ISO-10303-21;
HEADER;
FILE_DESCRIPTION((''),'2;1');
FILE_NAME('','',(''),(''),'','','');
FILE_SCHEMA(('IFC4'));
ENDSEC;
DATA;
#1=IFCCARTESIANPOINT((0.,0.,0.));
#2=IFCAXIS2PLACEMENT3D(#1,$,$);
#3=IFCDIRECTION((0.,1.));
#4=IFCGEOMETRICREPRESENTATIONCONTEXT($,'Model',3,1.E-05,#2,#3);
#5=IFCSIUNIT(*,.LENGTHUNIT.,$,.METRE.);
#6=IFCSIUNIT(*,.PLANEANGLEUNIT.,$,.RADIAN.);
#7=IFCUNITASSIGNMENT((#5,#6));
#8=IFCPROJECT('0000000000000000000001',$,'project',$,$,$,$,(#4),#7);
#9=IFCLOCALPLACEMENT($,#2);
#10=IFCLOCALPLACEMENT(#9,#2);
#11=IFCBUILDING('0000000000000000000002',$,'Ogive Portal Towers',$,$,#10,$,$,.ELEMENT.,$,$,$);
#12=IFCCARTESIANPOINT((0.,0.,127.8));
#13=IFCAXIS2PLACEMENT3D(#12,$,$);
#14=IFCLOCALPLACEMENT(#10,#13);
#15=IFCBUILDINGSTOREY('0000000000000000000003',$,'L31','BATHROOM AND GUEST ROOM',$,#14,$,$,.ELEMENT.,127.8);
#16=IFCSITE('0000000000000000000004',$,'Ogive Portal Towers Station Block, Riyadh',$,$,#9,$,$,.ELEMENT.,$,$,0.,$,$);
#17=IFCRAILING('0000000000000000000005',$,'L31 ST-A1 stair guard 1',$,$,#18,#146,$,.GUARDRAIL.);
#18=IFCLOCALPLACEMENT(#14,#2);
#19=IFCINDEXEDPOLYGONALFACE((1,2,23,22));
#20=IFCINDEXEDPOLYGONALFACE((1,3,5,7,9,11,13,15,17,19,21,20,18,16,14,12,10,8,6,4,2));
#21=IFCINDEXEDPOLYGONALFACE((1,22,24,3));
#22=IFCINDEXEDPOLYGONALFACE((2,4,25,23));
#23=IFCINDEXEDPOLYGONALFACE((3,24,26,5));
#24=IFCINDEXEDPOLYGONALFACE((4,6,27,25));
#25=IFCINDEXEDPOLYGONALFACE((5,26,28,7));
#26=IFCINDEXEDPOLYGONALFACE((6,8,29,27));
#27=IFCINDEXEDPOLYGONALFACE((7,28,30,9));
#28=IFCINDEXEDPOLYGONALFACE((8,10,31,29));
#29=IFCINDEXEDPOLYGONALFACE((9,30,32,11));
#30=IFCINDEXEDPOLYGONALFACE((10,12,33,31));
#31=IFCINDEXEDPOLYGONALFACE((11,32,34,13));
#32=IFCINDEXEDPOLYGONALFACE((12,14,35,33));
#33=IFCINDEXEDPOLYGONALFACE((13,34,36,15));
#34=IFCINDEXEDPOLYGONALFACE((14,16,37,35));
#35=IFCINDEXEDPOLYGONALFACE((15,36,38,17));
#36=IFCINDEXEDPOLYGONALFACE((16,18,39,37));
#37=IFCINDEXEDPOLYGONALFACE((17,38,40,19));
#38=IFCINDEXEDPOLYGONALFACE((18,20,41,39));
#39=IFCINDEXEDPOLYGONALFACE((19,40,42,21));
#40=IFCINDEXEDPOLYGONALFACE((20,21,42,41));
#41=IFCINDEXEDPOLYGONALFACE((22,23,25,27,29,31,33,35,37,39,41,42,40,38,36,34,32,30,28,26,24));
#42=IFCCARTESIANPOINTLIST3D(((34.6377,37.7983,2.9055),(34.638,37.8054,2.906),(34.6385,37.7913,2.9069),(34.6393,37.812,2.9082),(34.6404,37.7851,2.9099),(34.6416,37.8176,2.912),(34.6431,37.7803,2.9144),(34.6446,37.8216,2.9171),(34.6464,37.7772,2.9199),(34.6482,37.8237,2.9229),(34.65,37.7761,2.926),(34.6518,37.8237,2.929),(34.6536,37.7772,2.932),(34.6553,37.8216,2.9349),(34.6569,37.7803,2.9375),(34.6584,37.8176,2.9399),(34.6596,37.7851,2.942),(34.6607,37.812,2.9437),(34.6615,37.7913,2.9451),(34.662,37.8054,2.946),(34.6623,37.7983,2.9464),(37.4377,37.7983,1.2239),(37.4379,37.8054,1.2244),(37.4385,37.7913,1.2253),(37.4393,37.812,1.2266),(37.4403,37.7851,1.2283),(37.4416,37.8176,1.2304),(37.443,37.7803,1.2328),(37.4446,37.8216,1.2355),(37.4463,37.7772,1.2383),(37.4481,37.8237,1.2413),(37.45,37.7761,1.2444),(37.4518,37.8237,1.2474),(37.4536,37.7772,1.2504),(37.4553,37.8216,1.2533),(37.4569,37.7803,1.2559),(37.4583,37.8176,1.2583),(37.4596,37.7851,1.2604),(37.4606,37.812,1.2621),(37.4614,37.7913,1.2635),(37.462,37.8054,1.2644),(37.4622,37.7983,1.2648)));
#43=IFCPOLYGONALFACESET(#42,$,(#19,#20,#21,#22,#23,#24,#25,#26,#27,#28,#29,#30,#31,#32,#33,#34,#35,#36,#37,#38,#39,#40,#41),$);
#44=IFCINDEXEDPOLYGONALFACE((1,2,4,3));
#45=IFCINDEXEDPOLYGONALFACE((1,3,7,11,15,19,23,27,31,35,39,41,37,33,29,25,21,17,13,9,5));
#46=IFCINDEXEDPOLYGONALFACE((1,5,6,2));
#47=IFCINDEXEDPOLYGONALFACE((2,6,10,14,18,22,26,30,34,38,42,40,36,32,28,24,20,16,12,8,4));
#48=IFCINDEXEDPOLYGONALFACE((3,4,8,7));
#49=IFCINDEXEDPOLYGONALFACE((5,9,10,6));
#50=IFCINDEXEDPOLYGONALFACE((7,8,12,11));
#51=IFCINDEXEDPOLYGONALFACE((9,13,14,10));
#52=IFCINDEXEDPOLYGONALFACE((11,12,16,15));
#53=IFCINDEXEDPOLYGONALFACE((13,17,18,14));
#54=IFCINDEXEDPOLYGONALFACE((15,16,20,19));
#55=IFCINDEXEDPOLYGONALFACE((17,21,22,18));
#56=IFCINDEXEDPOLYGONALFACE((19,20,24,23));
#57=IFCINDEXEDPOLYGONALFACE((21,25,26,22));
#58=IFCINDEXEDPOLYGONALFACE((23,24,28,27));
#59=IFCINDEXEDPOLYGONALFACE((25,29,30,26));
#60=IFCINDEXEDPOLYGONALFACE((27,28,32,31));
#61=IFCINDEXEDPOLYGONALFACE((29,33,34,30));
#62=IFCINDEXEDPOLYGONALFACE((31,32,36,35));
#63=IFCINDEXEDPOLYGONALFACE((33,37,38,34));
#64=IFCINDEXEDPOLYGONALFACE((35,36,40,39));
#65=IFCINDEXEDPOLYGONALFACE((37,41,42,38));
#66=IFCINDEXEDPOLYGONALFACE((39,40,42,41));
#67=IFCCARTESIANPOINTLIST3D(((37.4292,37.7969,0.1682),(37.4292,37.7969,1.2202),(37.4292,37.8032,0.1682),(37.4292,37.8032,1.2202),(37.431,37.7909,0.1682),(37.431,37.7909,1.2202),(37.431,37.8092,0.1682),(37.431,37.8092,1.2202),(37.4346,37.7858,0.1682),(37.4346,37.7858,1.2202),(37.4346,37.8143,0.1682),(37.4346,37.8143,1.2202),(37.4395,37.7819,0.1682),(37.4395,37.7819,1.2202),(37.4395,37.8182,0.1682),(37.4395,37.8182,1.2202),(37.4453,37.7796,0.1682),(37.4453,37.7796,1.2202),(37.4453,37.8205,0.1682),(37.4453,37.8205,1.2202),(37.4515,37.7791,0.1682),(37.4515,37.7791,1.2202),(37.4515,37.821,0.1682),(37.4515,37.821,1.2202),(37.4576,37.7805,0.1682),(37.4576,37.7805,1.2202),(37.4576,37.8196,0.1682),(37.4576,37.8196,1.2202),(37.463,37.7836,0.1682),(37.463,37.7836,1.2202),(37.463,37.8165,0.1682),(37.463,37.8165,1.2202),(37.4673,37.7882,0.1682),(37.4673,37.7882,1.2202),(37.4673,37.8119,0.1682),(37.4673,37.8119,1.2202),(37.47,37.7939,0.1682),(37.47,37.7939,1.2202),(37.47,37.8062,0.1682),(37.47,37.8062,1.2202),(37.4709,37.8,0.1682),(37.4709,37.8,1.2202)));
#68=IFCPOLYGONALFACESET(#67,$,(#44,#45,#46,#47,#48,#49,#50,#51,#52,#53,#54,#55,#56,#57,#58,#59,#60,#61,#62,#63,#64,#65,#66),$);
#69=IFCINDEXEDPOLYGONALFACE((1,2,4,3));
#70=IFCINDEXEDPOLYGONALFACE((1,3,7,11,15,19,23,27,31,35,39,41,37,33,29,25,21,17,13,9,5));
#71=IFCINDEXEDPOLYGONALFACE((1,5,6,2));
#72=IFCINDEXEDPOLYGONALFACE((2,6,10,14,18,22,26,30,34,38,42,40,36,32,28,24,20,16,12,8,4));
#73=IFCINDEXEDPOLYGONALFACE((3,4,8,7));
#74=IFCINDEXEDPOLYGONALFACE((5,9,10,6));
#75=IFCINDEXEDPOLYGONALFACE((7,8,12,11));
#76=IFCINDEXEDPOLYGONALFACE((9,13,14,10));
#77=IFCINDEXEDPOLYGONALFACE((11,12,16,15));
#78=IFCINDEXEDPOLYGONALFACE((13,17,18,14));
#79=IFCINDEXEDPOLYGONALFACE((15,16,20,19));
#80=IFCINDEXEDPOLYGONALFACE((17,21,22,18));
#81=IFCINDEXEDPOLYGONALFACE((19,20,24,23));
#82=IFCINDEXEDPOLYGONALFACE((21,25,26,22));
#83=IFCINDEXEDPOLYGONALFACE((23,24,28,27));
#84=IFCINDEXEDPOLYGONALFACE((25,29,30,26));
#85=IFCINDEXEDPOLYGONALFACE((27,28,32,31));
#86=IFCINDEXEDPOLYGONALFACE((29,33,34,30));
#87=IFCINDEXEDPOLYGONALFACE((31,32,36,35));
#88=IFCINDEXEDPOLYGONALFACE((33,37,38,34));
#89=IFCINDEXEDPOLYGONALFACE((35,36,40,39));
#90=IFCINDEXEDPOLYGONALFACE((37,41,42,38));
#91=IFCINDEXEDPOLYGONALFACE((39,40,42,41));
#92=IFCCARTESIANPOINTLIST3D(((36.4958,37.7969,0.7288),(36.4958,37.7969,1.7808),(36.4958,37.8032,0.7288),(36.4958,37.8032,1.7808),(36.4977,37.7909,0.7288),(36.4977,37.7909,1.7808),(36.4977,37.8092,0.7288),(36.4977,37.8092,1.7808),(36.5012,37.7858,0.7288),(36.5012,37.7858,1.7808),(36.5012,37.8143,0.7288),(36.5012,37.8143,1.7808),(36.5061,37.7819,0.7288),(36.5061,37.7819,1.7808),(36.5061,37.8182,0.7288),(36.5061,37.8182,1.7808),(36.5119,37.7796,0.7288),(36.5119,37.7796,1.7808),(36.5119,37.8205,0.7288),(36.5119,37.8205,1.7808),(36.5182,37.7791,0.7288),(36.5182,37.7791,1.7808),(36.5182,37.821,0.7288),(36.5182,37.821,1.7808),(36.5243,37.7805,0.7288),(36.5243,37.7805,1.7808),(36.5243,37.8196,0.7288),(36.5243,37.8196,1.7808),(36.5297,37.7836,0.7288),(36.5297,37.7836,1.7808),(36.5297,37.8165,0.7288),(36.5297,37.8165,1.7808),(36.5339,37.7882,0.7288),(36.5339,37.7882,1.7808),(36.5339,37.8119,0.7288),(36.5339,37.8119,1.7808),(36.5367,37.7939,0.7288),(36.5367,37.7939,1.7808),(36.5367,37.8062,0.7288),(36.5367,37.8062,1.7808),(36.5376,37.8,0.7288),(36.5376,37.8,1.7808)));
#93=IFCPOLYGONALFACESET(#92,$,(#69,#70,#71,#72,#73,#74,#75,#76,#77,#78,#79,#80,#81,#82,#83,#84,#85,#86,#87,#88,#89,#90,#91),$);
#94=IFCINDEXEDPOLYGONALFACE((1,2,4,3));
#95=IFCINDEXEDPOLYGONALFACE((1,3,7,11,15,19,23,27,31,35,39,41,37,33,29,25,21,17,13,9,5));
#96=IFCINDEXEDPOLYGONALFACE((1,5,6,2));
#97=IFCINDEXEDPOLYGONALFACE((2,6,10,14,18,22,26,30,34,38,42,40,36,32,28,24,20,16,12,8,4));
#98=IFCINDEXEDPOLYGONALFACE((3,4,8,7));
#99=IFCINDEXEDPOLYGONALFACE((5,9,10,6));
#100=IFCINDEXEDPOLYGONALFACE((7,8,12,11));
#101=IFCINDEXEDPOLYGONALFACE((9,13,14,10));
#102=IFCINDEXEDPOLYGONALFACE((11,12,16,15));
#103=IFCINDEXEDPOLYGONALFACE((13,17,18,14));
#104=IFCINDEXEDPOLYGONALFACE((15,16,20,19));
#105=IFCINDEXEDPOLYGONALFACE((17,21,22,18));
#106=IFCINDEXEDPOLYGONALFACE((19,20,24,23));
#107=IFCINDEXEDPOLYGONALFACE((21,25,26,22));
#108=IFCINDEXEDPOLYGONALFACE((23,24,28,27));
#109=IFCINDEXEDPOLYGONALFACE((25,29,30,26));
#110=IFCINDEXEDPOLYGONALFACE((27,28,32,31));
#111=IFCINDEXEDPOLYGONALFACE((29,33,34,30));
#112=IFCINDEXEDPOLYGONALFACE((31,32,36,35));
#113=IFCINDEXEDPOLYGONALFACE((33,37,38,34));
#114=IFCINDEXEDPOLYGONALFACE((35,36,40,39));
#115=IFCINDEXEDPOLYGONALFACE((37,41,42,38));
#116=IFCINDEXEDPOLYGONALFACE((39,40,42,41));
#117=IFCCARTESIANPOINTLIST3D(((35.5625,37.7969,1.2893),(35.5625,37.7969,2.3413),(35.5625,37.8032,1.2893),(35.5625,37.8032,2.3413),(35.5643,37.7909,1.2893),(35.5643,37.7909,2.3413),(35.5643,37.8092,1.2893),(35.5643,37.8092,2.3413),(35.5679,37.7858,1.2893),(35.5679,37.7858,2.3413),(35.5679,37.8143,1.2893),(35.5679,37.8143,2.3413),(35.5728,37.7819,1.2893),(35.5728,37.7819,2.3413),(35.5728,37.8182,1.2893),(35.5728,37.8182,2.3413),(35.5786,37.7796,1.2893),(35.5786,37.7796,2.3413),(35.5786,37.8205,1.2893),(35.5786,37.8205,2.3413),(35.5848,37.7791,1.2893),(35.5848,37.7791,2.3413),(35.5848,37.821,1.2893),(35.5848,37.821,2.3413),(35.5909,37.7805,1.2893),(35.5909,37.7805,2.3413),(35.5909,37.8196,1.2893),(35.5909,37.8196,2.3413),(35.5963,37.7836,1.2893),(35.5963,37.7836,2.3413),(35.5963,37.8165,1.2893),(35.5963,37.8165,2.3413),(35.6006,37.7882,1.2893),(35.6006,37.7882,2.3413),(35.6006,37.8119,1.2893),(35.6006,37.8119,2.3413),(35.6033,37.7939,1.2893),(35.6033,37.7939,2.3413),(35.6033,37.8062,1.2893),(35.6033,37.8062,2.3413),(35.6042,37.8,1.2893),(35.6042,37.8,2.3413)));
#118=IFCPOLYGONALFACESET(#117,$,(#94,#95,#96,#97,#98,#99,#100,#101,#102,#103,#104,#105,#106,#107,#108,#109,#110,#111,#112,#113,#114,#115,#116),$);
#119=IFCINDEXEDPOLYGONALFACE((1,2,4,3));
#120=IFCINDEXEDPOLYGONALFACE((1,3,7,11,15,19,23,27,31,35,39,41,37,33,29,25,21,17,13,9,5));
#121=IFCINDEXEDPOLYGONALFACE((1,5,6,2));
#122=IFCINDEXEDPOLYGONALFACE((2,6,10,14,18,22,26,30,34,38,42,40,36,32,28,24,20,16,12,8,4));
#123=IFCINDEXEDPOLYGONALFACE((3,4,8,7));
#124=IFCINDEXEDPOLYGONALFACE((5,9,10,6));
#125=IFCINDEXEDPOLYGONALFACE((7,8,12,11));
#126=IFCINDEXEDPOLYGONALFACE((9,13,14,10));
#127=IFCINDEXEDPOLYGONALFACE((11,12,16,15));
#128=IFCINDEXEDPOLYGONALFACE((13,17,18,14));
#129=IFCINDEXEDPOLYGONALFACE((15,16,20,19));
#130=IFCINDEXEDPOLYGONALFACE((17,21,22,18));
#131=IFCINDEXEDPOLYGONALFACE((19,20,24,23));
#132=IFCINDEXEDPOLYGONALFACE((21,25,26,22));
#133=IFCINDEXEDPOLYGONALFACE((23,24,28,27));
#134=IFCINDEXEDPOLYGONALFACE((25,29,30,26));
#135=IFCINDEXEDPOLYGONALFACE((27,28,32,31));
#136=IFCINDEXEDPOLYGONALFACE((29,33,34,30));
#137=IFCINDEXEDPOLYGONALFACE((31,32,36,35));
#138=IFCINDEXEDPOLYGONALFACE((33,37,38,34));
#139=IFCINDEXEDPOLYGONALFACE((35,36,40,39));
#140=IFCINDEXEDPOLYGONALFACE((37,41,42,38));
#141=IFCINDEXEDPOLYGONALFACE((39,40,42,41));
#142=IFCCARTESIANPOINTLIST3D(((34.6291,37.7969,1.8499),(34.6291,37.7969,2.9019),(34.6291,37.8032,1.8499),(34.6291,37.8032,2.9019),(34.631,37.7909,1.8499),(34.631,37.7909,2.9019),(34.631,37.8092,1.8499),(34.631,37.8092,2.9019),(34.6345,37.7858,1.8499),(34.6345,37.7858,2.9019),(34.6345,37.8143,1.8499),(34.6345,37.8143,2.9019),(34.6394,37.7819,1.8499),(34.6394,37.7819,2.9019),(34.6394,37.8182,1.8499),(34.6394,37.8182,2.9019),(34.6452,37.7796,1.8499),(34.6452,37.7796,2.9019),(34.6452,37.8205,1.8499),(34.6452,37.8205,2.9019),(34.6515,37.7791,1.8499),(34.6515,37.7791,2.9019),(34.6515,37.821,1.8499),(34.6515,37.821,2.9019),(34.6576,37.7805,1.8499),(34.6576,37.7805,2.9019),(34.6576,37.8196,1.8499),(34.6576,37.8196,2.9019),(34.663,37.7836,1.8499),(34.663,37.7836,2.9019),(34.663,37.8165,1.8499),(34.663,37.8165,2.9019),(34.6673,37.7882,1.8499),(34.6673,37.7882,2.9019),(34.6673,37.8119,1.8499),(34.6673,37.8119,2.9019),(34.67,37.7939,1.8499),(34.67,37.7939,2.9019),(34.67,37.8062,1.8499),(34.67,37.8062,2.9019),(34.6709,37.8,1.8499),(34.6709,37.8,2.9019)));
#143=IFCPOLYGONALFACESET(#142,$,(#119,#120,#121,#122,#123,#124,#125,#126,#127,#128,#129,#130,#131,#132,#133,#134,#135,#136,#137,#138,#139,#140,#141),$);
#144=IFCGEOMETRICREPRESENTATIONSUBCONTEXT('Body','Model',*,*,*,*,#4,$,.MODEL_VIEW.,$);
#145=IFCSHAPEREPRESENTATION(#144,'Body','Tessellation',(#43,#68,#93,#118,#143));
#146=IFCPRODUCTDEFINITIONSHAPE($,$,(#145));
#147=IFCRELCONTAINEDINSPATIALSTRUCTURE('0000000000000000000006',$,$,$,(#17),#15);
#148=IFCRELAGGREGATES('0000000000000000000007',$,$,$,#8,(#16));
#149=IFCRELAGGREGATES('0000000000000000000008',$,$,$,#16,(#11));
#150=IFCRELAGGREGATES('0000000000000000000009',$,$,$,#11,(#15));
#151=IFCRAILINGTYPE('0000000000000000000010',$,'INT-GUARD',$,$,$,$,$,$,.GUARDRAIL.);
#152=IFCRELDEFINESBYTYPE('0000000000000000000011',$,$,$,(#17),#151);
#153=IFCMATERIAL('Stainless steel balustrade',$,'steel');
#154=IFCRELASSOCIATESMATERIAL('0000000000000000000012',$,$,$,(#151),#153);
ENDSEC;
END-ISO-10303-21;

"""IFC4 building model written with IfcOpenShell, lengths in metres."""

from ifc_helpers import new_model, si_unit, direction, frame, origin, origin_2d, place, context, subcontext, project, spatial, circle, extrude, material, type_object, element, save


model = new_model("IFC4")

# Units and contexts
model_context = context("Model", 3, precision=1e-05, world=origin(), true_north=direction((0.0, 1.0)))
body_context = subcontext(model_context, "Body", "Model", "MODEL_VIEW")
ifc_project = project(units=[si_unit("LENGTHUNIT", "METRE"), si_unit("PLANEANGLEUNIT", "RADIAN")], contexts=[model_context])

# Site, building, storey
site_placement = place(None, origin())
site = spatial("IfcSite", under=ifc_project, at=site_placement, Name="Ogive Portal Towers Station Block, Riyadh", CompositionType="ELEMENT", RefElevation=0.0)
building_placement = place(site_placement, origin())
building = spatial("IfcBuilding", under=site, at=building_placement, Name="Ogive Portal Towers", CompositionType="ELEMENT")
storey_placement = place(building_placement, frame((0.0, 0.0, 127.8)))
storey = spatial("IfcBuildingStorey", under=building, at=storey_placement, Name="L31", Description="BATHROOM AND GUEST ROOM", CompositionType="ELEMENT", Elevation=127.8)

# Railing
ifc_material_1 = material(Name="Stainless steel balustrade", Category="steel")
railing_type_1 = type_object("IfcRailingType", Name="INT-GUARD", PredefinedType="GUARDRAIL", material=ifc_material_1)
railing_1_placement = place(storey_placement, frame((37.45, 37.8, 0.1682)))
element("IfcRailing", 1, at=railing_1_placement, inside=storey, type_object=railing_type_1, Name="L31 ST-A1 stair guard 1", PredefinedType="GUARDRAIL", context=body_context, shape_type="SweptSolid", body=[
    extrude(circle(Radius=0.0239, at=origin_2d()), frame((0.0, 0.0, 1.0762), z_axis=(-0.857275, 0.0, 0.514858), x_axis=(0.0, -1.0, 0.0)), (0.0, 0.0, 1.0), 3.2661),
    extrude(circle(Radius=0.021, at=origin_2d()), origin(), (0.0, 0.0, 1.0), 1.052),
    extrude(circle(Radius=0.021, at=origin_2d()), frame((-0.9333, 0.0, 0.5605)), (0.0, 0.0, 1.0), 1.052),
    extrude(circle(Radius=0.021, at=origin_2d()), frame((-1.8667, 0.0, 1.1211)), (0.0, 0.0, 1.0), 1.052),
    extrude(circle(Radius=0.021, at=origin_2d()), frame((-2.8, 0.0, 1.6816)), (0.0, 0.0, 1.0), 1.052),
])

save(model, "model.ifc")
